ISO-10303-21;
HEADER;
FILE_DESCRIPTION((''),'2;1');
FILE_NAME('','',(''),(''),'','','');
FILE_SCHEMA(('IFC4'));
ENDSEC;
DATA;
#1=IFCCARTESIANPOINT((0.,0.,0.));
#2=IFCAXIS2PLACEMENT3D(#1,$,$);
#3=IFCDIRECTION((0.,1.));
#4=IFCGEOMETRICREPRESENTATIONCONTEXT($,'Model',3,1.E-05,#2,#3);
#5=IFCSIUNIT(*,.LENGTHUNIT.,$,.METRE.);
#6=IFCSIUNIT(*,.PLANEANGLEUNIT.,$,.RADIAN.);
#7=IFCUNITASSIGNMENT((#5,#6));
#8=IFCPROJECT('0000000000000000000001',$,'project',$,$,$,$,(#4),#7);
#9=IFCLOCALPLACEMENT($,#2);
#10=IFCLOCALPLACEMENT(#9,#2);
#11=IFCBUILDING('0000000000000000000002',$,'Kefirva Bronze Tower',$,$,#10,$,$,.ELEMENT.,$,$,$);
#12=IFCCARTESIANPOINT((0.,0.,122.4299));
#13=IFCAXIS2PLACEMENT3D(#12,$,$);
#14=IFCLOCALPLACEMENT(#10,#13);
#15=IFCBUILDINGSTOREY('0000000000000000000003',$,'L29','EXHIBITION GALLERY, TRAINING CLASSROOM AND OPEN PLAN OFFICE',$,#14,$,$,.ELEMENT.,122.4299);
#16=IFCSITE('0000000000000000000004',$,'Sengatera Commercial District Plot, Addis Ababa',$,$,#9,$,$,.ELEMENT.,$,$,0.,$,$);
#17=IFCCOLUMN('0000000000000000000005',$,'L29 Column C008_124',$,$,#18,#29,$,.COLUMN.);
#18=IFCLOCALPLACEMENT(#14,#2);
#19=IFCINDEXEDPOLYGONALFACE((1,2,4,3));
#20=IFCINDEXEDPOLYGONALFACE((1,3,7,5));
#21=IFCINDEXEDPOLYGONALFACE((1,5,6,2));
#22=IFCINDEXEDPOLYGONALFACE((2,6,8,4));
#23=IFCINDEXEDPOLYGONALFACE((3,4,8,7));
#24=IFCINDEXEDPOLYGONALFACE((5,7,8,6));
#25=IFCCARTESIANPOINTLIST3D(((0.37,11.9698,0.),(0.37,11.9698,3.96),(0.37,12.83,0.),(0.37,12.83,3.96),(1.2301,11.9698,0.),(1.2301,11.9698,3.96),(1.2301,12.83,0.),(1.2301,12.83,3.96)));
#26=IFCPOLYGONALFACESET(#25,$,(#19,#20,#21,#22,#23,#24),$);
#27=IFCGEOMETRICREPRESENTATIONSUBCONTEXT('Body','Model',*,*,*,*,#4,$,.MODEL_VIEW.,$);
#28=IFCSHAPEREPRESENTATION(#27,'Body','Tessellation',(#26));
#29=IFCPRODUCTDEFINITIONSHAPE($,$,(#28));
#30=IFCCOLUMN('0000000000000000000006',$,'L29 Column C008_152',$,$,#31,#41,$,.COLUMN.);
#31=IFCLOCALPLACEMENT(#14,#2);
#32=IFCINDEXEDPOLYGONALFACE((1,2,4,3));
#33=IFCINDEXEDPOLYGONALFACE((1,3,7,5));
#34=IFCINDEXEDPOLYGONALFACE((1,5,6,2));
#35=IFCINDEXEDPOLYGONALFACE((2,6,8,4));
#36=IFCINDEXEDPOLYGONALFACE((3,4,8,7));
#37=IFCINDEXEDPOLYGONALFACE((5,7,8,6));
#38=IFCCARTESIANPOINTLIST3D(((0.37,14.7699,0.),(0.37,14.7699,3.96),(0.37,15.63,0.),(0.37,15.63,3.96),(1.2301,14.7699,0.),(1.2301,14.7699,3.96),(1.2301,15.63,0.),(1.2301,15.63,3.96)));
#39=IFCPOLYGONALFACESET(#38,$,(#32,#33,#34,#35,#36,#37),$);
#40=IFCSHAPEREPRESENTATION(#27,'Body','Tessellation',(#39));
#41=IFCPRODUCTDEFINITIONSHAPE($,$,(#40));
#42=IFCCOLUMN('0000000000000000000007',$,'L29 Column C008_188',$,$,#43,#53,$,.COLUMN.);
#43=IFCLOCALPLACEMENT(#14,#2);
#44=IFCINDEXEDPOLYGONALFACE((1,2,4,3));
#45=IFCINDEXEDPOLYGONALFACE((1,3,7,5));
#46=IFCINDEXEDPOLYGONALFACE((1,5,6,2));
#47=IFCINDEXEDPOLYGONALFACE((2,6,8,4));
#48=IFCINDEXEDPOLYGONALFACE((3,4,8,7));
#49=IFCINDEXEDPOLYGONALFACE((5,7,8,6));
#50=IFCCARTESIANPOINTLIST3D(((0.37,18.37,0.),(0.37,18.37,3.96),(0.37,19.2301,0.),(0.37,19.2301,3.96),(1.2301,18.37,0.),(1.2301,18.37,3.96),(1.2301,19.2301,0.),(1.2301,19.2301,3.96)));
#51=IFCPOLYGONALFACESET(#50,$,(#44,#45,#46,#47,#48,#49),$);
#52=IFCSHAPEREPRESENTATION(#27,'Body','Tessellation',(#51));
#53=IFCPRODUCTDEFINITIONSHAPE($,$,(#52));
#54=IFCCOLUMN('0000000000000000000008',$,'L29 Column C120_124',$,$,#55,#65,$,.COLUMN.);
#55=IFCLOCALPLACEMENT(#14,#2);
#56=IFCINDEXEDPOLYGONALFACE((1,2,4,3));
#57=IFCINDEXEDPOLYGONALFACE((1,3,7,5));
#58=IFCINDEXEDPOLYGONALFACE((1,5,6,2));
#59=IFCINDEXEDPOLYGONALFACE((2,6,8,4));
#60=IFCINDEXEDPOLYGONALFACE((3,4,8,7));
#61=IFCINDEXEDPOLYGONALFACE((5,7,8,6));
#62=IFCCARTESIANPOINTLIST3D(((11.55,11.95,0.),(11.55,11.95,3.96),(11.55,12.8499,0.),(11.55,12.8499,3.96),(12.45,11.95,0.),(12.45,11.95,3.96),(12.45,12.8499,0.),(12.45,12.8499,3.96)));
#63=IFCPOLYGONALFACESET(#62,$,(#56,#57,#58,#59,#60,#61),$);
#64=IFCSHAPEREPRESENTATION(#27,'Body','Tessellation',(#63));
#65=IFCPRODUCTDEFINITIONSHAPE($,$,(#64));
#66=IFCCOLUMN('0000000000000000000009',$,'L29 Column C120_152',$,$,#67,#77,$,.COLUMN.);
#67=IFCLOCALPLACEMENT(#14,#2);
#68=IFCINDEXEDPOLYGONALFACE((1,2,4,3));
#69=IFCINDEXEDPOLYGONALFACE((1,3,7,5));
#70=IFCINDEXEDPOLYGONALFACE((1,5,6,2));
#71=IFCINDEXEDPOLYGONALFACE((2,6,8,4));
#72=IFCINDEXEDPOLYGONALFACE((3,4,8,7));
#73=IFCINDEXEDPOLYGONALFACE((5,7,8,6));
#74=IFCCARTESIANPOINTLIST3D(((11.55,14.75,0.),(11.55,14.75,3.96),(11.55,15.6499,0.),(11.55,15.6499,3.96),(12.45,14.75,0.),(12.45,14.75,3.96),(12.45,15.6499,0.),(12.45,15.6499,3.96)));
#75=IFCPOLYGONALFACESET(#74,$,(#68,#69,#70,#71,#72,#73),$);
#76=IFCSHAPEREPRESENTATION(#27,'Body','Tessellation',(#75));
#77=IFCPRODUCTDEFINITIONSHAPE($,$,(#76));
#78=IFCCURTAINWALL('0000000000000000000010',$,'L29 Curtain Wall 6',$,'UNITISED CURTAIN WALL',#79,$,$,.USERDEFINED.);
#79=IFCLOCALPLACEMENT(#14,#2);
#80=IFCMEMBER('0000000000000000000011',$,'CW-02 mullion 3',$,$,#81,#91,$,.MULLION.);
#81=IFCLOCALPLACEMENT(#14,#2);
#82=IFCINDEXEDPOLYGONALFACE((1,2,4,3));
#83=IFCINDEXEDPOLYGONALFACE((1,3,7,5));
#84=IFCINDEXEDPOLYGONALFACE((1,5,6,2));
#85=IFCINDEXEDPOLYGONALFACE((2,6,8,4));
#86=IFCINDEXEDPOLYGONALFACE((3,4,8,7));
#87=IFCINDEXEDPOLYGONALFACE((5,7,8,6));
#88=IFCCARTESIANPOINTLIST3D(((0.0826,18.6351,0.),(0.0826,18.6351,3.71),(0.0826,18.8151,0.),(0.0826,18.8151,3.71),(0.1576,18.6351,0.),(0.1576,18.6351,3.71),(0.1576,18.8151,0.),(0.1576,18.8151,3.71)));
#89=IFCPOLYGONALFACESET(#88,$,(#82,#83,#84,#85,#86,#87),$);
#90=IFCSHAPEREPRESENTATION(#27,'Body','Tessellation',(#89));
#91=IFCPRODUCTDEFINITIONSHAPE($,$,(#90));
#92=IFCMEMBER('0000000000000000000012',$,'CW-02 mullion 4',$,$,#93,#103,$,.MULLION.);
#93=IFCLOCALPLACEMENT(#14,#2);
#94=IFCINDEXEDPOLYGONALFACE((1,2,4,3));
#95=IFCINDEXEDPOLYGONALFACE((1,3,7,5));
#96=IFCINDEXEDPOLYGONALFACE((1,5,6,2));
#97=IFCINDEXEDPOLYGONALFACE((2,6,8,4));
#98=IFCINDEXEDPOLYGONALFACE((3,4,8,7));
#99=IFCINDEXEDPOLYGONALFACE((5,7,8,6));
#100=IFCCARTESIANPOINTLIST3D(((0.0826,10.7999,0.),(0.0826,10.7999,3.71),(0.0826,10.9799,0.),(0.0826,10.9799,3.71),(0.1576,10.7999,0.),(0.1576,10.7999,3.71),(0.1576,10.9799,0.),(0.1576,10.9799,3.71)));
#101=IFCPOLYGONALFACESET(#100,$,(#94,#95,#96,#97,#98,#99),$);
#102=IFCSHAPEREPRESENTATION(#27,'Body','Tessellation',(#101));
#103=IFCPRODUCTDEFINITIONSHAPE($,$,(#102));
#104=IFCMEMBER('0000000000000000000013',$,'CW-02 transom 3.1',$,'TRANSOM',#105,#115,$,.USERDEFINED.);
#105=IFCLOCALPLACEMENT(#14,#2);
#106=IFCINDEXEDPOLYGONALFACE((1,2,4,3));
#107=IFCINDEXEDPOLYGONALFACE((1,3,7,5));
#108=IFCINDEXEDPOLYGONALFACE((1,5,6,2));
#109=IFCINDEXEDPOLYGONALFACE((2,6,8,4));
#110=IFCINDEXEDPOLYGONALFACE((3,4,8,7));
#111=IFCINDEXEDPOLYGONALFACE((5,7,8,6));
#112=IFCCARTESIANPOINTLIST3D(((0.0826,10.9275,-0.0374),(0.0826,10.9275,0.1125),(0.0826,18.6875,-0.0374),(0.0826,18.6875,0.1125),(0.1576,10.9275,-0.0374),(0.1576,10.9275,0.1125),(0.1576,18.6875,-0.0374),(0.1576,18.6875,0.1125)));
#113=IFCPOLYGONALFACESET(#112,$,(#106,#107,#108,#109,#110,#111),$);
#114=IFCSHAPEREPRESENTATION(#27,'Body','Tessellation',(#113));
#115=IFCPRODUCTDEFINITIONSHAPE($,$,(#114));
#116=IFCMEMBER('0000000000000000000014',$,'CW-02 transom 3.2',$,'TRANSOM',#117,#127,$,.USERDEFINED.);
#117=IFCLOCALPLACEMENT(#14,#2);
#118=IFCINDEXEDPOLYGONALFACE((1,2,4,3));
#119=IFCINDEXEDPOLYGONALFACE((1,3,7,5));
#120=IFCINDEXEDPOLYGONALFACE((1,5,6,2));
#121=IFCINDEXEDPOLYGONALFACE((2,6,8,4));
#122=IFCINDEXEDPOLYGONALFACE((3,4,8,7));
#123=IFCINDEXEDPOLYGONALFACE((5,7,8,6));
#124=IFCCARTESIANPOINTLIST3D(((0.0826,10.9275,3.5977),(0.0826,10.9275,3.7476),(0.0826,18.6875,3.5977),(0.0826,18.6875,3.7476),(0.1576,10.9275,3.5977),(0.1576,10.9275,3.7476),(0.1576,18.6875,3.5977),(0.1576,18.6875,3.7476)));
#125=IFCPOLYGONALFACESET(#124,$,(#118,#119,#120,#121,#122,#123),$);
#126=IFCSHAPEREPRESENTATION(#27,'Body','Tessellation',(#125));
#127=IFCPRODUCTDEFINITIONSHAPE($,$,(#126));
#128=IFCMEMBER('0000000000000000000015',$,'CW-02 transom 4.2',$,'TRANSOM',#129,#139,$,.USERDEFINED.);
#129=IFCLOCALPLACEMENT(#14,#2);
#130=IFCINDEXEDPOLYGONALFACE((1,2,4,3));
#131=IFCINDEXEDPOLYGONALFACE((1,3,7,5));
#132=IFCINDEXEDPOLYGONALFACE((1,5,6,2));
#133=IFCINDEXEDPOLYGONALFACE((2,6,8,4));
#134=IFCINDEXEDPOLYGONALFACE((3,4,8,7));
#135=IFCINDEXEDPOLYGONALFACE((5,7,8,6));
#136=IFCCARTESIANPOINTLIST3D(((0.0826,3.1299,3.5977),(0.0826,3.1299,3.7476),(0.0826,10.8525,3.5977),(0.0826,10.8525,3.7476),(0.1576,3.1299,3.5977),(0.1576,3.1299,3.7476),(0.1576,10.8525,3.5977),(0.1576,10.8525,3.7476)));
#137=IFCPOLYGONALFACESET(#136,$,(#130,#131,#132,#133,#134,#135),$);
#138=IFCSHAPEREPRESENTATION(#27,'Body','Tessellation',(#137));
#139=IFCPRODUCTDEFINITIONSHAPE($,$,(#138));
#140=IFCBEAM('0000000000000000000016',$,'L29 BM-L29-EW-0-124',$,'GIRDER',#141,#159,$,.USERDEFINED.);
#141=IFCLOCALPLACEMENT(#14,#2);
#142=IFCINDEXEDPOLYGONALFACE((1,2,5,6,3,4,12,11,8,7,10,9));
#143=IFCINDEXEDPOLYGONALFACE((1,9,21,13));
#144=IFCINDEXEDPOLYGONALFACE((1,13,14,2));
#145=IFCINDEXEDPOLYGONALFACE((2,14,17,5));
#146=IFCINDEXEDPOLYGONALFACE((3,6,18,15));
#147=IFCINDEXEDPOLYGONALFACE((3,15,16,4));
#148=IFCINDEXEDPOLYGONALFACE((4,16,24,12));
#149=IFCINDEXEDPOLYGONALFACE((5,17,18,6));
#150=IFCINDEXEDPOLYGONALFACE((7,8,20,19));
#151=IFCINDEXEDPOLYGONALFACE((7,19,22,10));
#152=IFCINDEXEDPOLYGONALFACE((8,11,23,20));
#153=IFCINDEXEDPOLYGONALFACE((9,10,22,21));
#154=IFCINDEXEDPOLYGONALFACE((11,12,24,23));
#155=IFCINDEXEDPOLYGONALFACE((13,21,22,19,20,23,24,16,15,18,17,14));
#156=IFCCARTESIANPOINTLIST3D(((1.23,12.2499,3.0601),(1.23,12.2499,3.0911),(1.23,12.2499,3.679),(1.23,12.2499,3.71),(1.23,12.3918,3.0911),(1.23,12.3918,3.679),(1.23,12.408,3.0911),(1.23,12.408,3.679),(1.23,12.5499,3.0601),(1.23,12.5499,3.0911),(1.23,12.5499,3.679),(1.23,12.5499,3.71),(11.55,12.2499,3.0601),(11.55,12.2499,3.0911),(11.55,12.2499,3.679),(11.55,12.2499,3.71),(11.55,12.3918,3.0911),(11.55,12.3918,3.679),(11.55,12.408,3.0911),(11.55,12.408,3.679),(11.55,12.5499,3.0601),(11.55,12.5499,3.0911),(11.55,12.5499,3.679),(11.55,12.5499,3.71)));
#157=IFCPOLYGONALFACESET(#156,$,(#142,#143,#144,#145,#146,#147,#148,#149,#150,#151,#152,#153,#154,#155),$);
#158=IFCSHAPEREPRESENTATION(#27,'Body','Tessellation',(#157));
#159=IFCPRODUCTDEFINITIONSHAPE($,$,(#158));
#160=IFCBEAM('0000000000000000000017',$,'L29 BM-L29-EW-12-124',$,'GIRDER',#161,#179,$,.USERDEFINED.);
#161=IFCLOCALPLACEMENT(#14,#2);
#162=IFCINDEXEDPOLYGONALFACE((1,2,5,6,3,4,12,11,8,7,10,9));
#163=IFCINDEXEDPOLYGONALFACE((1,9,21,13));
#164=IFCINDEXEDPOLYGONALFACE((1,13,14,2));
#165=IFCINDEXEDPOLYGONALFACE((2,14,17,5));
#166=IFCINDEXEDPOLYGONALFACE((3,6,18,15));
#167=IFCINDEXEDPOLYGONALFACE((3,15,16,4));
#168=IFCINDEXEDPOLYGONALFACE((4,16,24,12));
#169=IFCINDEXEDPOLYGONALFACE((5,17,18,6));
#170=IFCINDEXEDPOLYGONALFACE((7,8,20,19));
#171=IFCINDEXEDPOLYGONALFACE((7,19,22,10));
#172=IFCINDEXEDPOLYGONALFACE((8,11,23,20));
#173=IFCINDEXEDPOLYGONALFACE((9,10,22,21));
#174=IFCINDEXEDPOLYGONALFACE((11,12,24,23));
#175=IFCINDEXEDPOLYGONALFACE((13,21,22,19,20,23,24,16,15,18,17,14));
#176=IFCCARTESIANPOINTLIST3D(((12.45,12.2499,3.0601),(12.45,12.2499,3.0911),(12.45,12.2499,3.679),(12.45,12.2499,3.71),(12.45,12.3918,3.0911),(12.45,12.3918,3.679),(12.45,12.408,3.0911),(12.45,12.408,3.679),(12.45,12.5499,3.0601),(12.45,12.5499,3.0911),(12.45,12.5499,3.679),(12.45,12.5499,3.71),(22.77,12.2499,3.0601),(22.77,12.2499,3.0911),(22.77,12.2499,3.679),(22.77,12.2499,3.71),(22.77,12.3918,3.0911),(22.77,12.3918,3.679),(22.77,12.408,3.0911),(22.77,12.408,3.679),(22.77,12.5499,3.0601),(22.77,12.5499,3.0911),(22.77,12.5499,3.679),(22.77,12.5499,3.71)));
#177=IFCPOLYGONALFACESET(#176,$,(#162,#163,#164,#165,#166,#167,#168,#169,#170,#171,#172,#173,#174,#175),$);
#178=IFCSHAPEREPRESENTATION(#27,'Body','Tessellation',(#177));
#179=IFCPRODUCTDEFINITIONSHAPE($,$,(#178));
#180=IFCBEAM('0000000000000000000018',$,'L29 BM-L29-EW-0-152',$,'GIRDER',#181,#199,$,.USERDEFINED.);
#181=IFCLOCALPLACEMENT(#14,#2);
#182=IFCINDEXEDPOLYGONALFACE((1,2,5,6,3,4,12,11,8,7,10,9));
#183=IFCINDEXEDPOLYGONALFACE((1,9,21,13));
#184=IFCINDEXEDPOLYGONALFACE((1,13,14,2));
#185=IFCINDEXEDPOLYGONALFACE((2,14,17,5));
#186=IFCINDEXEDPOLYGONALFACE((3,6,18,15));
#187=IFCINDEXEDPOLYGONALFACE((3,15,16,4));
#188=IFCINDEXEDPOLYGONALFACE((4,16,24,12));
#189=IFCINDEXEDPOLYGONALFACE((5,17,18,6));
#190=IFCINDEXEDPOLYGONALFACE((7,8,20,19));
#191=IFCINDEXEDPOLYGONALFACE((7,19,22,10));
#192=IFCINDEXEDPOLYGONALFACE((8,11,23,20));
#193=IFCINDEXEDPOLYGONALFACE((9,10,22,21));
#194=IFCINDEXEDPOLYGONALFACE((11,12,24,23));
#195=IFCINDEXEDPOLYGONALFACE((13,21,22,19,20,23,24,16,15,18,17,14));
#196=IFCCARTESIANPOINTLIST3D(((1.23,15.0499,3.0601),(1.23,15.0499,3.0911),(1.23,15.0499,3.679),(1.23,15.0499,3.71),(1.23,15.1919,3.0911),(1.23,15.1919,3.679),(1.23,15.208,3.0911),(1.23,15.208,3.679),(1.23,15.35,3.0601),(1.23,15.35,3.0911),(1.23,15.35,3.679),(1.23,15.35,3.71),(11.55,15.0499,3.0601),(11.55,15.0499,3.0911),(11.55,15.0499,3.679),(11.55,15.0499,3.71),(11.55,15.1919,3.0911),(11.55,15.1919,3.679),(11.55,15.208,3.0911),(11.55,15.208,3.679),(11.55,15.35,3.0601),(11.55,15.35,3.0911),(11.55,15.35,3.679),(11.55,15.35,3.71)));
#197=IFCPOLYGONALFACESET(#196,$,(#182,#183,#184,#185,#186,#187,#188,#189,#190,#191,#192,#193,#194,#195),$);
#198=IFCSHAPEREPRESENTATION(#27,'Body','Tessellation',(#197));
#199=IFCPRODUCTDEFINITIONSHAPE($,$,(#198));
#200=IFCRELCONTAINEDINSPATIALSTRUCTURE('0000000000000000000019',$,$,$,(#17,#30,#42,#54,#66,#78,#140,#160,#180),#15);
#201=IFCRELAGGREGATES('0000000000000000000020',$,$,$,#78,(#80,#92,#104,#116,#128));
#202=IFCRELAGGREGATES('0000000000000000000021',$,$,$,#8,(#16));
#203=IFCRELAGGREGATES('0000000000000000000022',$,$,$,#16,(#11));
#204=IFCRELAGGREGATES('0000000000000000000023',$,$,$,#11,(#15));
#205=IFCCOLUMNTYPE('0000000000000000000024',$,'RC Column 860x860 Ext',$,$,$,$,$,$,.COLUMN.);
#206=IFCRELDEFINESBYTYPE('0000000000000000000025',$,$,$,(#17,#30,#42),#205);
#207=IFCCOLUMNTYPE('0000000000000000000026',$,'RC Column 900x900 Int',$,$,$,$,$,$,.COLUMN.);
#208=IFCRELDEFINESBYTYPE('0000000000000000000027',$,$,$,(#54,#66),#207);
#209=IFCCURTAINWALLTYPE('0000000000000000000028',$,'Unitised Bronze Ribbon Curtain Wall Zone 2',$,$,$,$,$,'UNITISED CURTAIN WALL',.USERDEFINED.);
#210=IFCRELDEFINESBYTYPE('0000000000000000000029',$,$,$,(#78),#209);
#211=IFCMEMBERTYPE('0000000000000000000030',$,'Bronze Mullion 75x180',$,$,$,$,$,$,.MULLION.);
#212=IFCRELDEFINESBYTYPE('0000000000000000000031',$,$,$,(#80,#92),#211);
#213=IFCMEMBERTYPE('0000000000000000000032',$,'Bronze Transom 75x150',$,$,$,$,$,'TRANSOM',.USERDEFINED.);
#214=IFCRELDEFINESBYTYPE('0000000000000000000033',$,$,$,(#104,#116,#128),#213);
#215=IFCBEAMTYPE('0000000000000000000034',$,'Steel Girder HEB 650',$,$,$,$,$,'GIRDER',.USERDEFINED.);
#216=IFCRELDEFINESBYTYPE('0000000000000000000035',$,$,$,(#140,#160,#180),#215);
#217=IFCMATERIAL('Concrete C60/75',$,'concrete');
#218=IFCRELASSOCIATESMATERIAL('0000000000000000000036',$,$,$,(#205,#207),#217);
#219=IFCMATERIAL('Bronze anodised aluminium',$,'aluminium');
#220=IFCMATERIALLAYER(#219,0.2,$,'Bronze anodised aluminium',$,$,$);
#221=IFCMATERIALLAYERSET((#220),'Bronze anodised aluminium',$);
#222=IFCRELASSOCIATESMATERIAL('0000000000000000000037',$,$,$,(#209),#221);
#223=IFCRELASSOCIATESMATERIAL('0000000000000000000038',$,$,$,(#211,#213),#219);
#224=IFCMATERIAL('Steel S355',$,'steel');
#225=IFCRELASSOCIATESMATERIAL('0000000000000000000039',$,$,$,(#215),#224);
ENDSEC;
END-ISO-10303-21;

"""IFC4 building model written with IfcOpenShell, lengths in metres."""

from ifc_helpers import new_model, si_unit, direction, frame, origin, origin_2d, place, context, subcontext, project, spatial, rectangle, i_section, extrude, material, layer, layer_set, material_profile, profile_set, type_object, element, aggregate, save


model = new_model("IFC4")

# Units and contexts
model_context = context("Model", 3, precision=1e-05, world=origin(), true_north=direction((0.0, 1.0)))
body_context = subcontext(model_context, "Body", "Model", "MODEL_VIEW")
ifc_project = project(units=[si_unit("LENGTHUNIT", "METRE"), si_unit("PLANEANGLEUNIT", "RADIAN")], contexts=[model_context])

# Site, building, storey
site_placement = place(None, origin())
site = spatial("IfcSite", under=ifc_project, at=site_placement, Name="Sengatera Commercial District Plot, Addis Ababa", CompositionType="ELEMENT", RefElevation=0.0)
building_placement = place(site_placement, origin())
building = spatial("IfcBuilding", under=site, at=building_placement, Name="Kefirva Bronze Tower", CompositionType="ELEMENT")
storey_placement = place(building_placement, frame((0.0, 0.0, 122.4299)))
storey = spatial("IfcBuildingStorey", under=building, at=storey_placement, Name="L29", Description="EXHIBITION GALLERY, TRAINING CLASSROOM AND OPEN PLAN OFFICE", CompositionType="ELEMENT", Elevation=122.4299)

# Columns
ifc_material_1 = material(Name="Concrete C60/75", Category="concrete")
ifc_material_profile_1 = material_profile(ifc_material_1, rectangle(XDim=0.8601, YDim=0.8601, at=origin_2d()), Name="RC 860x860")
ifc_profile_set_1 = profile_set([ifc_material_profile_1], Name="Concrete C60/75")
column_type_1 = type_object("IfcColumnType", Name="RC Column 860x860 Ext", PredefinedType="COLUMN", material=ifc_profile_set_1)
for number, where, z_axis, x_axis, name in (
    (1, (0.8, 12.3999, 0.0), (0.0, 0.0, 1.0), (1.0, 0.0, 0.0), "L29 Column C008_124"),
    (2, (0.8, 15.2, 0.0), (0.0, 0.0, 1.0), (1.0, 0.0, 0.0), "L29 Column C008_152"),
    (3, (0.8, 18.8, 0.0), (0.0, 0.0, 1.0), (1.0, 0.0, 0.0), "L29 Column C008_188"),
):
    element("IfcColumn", number, at=place(storey_placement, frame(where, z_axis=z_axis, x_axis=x_axis)), inside=storey, type_object=column_type_1, Name=name, PredefinedType="COLUMN", context=body_context, shape_type="SweptSolid", body=[
        extrude(rectangle(XDim=0.8601, YDim=0.8601, at=origin_2d()), origin(), (0.0, 0.0, 1.0), 3.96),
    ])
ifc_material_profile_2 = material_profile(ifc_material_1, rectangle(XDim=0.8999, YDim=0.8999, at=origin_2d()), Name="RC 900x900")
ifc_profile_set_2 = profile_set([ifc_material_profile_2], Name="Concrete C60/75")
column_type_2 = type_object("IfcColumnType", Name="RC Column 900x900 Int", PredefinedType="COLUMN", material=ifc_profile_set_2)
for number, where, z_axis, x_axis, name in (
    (4, (12.0, 12.3999, 0.0), (0.0, 0.0, 1.0), (1.0, 0.0, 0.0), "L29 Column C120_124"),
    (5, (12.0, 15.2, 0.0), (0.0, 0.0, 1.0), (1.0, 0.0, 0.0), "L29 Column C120_152"),
):
    element("IfcColumn", number, at=place(storey_placement, frame(where, z_axis=z_axis, x_axis=x_axis)), inside=storey, type_object=column_type_2, Name=name, PredefinedType="COLUMN", context=body_context, shape_type="SweptSolid", body=[
        extrude(rectangle(XDim=0.8999, YDim=0.8999, at=origin_2d()), origin(), (0.0, 0.0, 1.0), 3.96),
    ])

# Curtain wall, members
ifc_material_2 = material(Name="Bronze anodised aluminium", Category="aluminium")
ifc_layer_1 = layer(ifc_material_2, 0.2, Name="Bronze anodised aluminium")
ifc_layer_set_1 = layer_set([ifc_layer_1], Name="Bronze anodised aluminium")
curtain_wall_type = type_object("IfcCurtainWallType", Name="Unitised Bronze Ribbon Curtain Wall Zone 2", ElementType="UNITISED CURTAIN WALL", PredefinedType="USERDEFINED", material=ifc_layer_set_1)
curtain_wall_placement = place(storey_placement, origin())
curtain_wall = element("IfcCurtainWall", 6, at=curtain_wall_placement, inside=storey, type_object=curtain_wall_type, Name="L29 Curtain Wall 6", ObjectType="UNITISED CURTAIN WALL", PredefinedType="USERDEFINED")
ifc_material_profile_3 = material_profile(ifc_material_2, rectangle(XDim=0.075, YDim=0.1799, at=origin_2d()), Name="ALU 75x180")
ifc_profile_set_3 = profile_set([ifc_material_profile_3], Name="Bronze anodised aluminium")
member_type_1 = type_object("IfcMemberType", Name="Bronze Mullion 75x180", PredefinedType="MULLION", material=ifc_profile_set_3)
member_1_placement = place(storey_placement, frame((0.1201, 18.7251, 0.0), z_axis=(0.0, 0.0, 1.0), x_axis=(1.0, 0.0, 0.0)))
member_1 = element("IfcMember", 7, at=member_1_placement, type_object=member_type_1, Name="CW-02 mullion 3", PredefinedType="MULLION", context=body_context, shape_type="SweptSolid", body=[
    extrude(rectangle(XDim=0.075, YDim=0.1799, at=origin_2d()), origin(), (0.0, 0.0, 1.0), 3.71),
])
member_2_placement = place(storey_placement, frame((0.1201, 10.8899, 0.0), z_axis=(0.0, 0.0, 1.0), x_axis=(1.0, 0.0, 0.0)))
member_2 = element("IfcMember", 8, at=member_2_placement, type_object=member_type_1, Name="CW-02 mullion 4", PredefinedType="MULLION", context=body_context, shape_type="SweptSolid", body=[
    extrude(rectangle(XDim=0.075, YDim=0.1799, at=origin_2d()), origin(), (0.0, 0.0, 1.0), 3.71),
])
ifc_material_profile_4 = material_profile(ifc_material_2, rectangle(XDim=0.075, YDim=0.1499, at=origin_2d()), Name="ALU 75x150")
ifc_profile_set_4 = profile_set([ifc_material_profile_4], Name="Bronze anodised aluminium")
member_type_2 = type_object("IfcMemberType", Name="Bronze Transom 75x150", ElementType="TRANSOM", PredefinedType="USERDEFINED", material=ifc_profile_set_4)
member_3_placement = place(storey_placement, frame((0.1201, 18.6875, 0.0376), z_axis=(0.0, -1.0, 0.0), x_axis=(1.0, 0.0, 0.0)))
member_3 = element("IfcMember", 9, at=member_3_placement, type_object=member_type_2, Name="CW-02 transom 3.1", ObjectType="TRANSOM", PredefinedType="USERDEFINED", context=body_context, shape_type="SweptSolid", body=[
    extrude(rectangle(XDim=0.075, YDim=0.1499, at=origin_2d()), origin(), (0.0, 0.0, 1.0), 7.76),
])
member_4_placement = place(storey_placement, frame((0.1201, 18.6875, 3.6726), z_axis=(0.0, -1.0, 0.0), x_axis=(1.0, 0.0, 0.0)))
member_4 = element("IfcMember", 10, at=member_4_placement, type_object=member_type_2, Name="CW-02 transom 3.2", ObjectType="TRANSOM", PredefinedType="USERDEFINED", context=body_context, shape_type="SweptSolid", body=[
    extrude(rectangle(XDim=0.075, YDim=0.1499, at=origin_2d()), origin(), (0.0, 0.0, 1.0), 7.76),
])
member_5_placement = place(storey_placement, frame((0.1201, 10.8525, 3.6726), z_axis=(0.0, -1.0, 0.0), x_axis=(1.0, 0.0, 0.0)))
member_5 = element("IfcMember", 11, at=member_5_placement, type_object=member_type_2, Name="CW-02 transom 4.2", ObjectType="TRANSOM", PredefinedType="USERDEFINED", context=body_context, shape_type="SweptSolid", body=[
    extrude(rectangle(XDim=0.075, YDim=0.1499, at=origin_2d()), origin(), (0.0, 0.0, 1.0), 7.7227),
])

# Beams
ifc_material_3 = material(Name="Steel S355", Category="steel")
ifc_material_profile_5 = material_profile(ifc_material_3, i_section(OverallWidth=0.3, OverallDepth=0.6499, WebThickness=0.0161, FlangeThickness=0.031, at=origin_2d()), Name="HEB 650")
ifc_profile_set_5 = profile_set([ifc_material_profile_5], Name="Steel S355")
beam_type_1 = type_object("IfcBeamType", Name="Steel Girder HEB 650", ElementType="GIRDER", PredefinedType="USERDEFINED", material=ifc_profile_set_5)
for number, where, z_axis, x_axis, name in (
    (12, (1.23, 12.3999, 3.385), (1.0, 0.0, 0.0), (0.0, 1.0, 0.0), "L29 BM-L29-EW-0-124"),
    (13, (12.45, 12.3999, 3.385), (1.0, 0.0, 0.0), (0.0, 1.0, 0.0), "L29 BM-L29-EW-12-124"),
    (14, (1.23, 15.2, 3.385), (1.0, 0.0, 0.0), (0.0, 1.0, 0.0), "L29 BM-L29-EW-0-152"),
):
    element("IfcBeam", number, at=place(storey_placement, frame(where, z_axis=z_axis, x_axis=x_axis)), inside=storey, type_object=beam_type_1, Name=name, ObjectType="GIRDER", PredefinedType="USERDEFINED", context=body_context, shape_type="SweptSolid", body=[
        extrude(i_section(OverallWidth=0.3, OverallDepth=0.6499, WebThickness=0.0161, FlangeThickness=0.031, at=origin_2d()), origin(), (0.0, 0.0, 1.0), 10.3201),
    ])

aggregate(curtain_wall, [member_1, member_2, member_3, member_4, member_5])

save(model, "model.ifc")
